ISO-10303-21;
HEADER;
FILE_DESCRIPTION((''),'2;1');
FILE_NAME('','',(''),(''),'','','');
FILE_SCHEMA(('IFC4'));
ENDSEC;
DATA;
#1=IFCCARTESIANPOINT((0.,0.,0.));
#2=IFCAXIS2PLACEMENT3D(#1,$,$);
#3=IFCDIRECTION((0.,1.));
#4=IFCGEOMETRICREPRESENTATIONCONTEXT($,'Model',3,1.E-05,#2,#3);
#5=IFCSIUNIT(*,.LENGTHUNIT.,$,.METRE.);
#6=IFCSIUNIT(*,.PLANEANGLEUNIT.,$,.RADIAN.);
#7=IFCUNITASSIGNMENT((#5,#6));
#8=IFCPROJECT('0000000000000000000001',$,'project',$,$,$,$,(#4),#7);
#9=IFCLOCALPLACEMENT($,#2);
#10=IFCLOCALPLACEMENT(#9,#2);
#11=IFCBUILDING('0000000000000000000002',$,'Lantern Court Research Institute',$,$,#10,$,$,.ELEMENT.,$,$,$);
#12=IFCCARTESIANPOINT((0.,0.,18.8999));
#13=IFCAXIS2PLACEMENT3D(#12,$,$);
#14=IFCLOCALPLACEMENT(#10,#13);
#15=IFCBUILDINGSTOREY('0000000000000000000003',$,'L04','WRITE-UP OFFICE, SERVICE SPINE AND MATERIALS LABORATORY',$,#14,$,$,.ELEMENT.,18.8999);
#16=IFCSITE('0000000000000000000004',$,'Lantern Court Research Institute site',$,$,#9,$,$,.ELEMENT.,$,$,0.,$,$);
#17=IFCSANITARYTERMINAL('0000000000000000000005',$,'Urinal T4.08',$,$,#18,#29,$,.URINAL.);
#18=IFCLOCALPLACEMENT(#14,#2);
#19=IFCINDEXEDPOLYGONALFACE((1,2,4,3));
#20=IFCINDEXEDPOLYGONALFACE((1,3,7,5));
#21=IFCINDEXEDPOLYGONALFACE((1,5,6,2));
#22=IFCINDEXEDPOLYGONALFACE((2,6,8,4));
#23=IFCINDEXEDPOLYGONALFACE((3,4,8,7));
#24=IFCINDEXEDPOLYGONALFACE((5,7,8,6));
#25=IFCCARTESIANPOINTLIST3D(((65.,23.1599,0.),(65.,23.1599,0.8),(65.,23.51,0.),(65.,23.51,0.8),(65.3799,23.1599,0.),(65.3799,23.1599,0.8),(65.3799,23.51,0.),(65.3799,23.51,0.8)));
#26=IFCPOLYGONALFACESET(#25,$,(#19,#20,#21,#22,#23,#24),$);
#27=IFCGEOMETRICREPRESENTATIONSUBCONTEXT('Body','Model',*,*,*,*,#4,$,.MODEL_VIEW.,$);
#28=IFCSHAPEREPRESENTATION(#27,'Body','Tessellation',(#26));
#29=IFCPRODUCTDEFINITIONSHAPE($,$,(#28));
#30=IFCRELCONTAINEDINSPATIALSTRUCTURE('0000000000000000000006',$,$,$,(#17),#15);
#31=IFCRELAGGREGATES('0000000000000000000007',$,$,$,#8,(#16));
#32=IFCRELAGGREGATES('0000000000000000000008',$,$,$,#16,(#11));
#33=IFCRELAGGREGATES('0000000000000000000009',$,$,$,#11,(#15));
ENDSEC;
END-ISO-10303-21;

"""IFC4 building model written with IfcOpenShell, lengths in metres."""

from ifc_helpers import new_model, si_unit, direction, frame, origin, origin_2d, place, context, subcontext, project, spatial, rectangle, extrude, element, save


model = new_model("IFC4")

# Units and contexts
model_context = context("Model", 3, precision=1e-05, world=origin(), true_north=direction((0.0, 1.0)))
body_context = subcontext(model_context, "Body", "Model", "MODEL_VIEW")
ifc_project = project(units=[si_unit("LENGTHUNIT", "METRE"), si_unit("PLANEANGLEUNIT", "RADIAN")], contexts=[model_context])

# Site, building, storey
site_placement = place(None, origin())
site = spatial("IfcSite", under=ifc_project, at=site_placement, Name="Lantern Court Research Institute site", CompositionType="ELEMENT", RefElevation=0.0)
building_placement = place(site_placement, origin())
building = spatial("IfcBuilding", under=site, at=building_placement, Name="Lantern Court Research Institute", CompositionType="ELEMENT")
storey_placement = place(building_placement, frame((0.0, 0.0, 18.8999)))
storey = spatial("IfcBuildingStorey", under=building, at=storey_placement, Name="L04", Description="WRITE-UP OFFICE, SERVICE SPINE AND MATERIALS LABORATORY", CompositionType="ELEMENT", Elevation=18.8999)

# Sanitary terminal
for number, where, z_axis, x_axis, name in (
    (1, (65.1899, 23.335, 0.0), (0.0, 0.0, 1.0), (1.0, 0.0, 0.0), "Urinal T4.08"),
):
    element("IfcSanitaryTerminal", number, at=place(storey_placement, frame(where, z_axis=z_axis, x_axis=x_axis)), inside=storey, Name=name, PredefinedType="URINAL", context=body_context, shape_type="SweptSolid", body=[
        extrude(rectangle(XDim=0.3799, YDim=0.3501, at=origin_2d()), origin(), (0.0, 0.0, 1.0), 0.8),
    ])

save(model, "model.ifc")
